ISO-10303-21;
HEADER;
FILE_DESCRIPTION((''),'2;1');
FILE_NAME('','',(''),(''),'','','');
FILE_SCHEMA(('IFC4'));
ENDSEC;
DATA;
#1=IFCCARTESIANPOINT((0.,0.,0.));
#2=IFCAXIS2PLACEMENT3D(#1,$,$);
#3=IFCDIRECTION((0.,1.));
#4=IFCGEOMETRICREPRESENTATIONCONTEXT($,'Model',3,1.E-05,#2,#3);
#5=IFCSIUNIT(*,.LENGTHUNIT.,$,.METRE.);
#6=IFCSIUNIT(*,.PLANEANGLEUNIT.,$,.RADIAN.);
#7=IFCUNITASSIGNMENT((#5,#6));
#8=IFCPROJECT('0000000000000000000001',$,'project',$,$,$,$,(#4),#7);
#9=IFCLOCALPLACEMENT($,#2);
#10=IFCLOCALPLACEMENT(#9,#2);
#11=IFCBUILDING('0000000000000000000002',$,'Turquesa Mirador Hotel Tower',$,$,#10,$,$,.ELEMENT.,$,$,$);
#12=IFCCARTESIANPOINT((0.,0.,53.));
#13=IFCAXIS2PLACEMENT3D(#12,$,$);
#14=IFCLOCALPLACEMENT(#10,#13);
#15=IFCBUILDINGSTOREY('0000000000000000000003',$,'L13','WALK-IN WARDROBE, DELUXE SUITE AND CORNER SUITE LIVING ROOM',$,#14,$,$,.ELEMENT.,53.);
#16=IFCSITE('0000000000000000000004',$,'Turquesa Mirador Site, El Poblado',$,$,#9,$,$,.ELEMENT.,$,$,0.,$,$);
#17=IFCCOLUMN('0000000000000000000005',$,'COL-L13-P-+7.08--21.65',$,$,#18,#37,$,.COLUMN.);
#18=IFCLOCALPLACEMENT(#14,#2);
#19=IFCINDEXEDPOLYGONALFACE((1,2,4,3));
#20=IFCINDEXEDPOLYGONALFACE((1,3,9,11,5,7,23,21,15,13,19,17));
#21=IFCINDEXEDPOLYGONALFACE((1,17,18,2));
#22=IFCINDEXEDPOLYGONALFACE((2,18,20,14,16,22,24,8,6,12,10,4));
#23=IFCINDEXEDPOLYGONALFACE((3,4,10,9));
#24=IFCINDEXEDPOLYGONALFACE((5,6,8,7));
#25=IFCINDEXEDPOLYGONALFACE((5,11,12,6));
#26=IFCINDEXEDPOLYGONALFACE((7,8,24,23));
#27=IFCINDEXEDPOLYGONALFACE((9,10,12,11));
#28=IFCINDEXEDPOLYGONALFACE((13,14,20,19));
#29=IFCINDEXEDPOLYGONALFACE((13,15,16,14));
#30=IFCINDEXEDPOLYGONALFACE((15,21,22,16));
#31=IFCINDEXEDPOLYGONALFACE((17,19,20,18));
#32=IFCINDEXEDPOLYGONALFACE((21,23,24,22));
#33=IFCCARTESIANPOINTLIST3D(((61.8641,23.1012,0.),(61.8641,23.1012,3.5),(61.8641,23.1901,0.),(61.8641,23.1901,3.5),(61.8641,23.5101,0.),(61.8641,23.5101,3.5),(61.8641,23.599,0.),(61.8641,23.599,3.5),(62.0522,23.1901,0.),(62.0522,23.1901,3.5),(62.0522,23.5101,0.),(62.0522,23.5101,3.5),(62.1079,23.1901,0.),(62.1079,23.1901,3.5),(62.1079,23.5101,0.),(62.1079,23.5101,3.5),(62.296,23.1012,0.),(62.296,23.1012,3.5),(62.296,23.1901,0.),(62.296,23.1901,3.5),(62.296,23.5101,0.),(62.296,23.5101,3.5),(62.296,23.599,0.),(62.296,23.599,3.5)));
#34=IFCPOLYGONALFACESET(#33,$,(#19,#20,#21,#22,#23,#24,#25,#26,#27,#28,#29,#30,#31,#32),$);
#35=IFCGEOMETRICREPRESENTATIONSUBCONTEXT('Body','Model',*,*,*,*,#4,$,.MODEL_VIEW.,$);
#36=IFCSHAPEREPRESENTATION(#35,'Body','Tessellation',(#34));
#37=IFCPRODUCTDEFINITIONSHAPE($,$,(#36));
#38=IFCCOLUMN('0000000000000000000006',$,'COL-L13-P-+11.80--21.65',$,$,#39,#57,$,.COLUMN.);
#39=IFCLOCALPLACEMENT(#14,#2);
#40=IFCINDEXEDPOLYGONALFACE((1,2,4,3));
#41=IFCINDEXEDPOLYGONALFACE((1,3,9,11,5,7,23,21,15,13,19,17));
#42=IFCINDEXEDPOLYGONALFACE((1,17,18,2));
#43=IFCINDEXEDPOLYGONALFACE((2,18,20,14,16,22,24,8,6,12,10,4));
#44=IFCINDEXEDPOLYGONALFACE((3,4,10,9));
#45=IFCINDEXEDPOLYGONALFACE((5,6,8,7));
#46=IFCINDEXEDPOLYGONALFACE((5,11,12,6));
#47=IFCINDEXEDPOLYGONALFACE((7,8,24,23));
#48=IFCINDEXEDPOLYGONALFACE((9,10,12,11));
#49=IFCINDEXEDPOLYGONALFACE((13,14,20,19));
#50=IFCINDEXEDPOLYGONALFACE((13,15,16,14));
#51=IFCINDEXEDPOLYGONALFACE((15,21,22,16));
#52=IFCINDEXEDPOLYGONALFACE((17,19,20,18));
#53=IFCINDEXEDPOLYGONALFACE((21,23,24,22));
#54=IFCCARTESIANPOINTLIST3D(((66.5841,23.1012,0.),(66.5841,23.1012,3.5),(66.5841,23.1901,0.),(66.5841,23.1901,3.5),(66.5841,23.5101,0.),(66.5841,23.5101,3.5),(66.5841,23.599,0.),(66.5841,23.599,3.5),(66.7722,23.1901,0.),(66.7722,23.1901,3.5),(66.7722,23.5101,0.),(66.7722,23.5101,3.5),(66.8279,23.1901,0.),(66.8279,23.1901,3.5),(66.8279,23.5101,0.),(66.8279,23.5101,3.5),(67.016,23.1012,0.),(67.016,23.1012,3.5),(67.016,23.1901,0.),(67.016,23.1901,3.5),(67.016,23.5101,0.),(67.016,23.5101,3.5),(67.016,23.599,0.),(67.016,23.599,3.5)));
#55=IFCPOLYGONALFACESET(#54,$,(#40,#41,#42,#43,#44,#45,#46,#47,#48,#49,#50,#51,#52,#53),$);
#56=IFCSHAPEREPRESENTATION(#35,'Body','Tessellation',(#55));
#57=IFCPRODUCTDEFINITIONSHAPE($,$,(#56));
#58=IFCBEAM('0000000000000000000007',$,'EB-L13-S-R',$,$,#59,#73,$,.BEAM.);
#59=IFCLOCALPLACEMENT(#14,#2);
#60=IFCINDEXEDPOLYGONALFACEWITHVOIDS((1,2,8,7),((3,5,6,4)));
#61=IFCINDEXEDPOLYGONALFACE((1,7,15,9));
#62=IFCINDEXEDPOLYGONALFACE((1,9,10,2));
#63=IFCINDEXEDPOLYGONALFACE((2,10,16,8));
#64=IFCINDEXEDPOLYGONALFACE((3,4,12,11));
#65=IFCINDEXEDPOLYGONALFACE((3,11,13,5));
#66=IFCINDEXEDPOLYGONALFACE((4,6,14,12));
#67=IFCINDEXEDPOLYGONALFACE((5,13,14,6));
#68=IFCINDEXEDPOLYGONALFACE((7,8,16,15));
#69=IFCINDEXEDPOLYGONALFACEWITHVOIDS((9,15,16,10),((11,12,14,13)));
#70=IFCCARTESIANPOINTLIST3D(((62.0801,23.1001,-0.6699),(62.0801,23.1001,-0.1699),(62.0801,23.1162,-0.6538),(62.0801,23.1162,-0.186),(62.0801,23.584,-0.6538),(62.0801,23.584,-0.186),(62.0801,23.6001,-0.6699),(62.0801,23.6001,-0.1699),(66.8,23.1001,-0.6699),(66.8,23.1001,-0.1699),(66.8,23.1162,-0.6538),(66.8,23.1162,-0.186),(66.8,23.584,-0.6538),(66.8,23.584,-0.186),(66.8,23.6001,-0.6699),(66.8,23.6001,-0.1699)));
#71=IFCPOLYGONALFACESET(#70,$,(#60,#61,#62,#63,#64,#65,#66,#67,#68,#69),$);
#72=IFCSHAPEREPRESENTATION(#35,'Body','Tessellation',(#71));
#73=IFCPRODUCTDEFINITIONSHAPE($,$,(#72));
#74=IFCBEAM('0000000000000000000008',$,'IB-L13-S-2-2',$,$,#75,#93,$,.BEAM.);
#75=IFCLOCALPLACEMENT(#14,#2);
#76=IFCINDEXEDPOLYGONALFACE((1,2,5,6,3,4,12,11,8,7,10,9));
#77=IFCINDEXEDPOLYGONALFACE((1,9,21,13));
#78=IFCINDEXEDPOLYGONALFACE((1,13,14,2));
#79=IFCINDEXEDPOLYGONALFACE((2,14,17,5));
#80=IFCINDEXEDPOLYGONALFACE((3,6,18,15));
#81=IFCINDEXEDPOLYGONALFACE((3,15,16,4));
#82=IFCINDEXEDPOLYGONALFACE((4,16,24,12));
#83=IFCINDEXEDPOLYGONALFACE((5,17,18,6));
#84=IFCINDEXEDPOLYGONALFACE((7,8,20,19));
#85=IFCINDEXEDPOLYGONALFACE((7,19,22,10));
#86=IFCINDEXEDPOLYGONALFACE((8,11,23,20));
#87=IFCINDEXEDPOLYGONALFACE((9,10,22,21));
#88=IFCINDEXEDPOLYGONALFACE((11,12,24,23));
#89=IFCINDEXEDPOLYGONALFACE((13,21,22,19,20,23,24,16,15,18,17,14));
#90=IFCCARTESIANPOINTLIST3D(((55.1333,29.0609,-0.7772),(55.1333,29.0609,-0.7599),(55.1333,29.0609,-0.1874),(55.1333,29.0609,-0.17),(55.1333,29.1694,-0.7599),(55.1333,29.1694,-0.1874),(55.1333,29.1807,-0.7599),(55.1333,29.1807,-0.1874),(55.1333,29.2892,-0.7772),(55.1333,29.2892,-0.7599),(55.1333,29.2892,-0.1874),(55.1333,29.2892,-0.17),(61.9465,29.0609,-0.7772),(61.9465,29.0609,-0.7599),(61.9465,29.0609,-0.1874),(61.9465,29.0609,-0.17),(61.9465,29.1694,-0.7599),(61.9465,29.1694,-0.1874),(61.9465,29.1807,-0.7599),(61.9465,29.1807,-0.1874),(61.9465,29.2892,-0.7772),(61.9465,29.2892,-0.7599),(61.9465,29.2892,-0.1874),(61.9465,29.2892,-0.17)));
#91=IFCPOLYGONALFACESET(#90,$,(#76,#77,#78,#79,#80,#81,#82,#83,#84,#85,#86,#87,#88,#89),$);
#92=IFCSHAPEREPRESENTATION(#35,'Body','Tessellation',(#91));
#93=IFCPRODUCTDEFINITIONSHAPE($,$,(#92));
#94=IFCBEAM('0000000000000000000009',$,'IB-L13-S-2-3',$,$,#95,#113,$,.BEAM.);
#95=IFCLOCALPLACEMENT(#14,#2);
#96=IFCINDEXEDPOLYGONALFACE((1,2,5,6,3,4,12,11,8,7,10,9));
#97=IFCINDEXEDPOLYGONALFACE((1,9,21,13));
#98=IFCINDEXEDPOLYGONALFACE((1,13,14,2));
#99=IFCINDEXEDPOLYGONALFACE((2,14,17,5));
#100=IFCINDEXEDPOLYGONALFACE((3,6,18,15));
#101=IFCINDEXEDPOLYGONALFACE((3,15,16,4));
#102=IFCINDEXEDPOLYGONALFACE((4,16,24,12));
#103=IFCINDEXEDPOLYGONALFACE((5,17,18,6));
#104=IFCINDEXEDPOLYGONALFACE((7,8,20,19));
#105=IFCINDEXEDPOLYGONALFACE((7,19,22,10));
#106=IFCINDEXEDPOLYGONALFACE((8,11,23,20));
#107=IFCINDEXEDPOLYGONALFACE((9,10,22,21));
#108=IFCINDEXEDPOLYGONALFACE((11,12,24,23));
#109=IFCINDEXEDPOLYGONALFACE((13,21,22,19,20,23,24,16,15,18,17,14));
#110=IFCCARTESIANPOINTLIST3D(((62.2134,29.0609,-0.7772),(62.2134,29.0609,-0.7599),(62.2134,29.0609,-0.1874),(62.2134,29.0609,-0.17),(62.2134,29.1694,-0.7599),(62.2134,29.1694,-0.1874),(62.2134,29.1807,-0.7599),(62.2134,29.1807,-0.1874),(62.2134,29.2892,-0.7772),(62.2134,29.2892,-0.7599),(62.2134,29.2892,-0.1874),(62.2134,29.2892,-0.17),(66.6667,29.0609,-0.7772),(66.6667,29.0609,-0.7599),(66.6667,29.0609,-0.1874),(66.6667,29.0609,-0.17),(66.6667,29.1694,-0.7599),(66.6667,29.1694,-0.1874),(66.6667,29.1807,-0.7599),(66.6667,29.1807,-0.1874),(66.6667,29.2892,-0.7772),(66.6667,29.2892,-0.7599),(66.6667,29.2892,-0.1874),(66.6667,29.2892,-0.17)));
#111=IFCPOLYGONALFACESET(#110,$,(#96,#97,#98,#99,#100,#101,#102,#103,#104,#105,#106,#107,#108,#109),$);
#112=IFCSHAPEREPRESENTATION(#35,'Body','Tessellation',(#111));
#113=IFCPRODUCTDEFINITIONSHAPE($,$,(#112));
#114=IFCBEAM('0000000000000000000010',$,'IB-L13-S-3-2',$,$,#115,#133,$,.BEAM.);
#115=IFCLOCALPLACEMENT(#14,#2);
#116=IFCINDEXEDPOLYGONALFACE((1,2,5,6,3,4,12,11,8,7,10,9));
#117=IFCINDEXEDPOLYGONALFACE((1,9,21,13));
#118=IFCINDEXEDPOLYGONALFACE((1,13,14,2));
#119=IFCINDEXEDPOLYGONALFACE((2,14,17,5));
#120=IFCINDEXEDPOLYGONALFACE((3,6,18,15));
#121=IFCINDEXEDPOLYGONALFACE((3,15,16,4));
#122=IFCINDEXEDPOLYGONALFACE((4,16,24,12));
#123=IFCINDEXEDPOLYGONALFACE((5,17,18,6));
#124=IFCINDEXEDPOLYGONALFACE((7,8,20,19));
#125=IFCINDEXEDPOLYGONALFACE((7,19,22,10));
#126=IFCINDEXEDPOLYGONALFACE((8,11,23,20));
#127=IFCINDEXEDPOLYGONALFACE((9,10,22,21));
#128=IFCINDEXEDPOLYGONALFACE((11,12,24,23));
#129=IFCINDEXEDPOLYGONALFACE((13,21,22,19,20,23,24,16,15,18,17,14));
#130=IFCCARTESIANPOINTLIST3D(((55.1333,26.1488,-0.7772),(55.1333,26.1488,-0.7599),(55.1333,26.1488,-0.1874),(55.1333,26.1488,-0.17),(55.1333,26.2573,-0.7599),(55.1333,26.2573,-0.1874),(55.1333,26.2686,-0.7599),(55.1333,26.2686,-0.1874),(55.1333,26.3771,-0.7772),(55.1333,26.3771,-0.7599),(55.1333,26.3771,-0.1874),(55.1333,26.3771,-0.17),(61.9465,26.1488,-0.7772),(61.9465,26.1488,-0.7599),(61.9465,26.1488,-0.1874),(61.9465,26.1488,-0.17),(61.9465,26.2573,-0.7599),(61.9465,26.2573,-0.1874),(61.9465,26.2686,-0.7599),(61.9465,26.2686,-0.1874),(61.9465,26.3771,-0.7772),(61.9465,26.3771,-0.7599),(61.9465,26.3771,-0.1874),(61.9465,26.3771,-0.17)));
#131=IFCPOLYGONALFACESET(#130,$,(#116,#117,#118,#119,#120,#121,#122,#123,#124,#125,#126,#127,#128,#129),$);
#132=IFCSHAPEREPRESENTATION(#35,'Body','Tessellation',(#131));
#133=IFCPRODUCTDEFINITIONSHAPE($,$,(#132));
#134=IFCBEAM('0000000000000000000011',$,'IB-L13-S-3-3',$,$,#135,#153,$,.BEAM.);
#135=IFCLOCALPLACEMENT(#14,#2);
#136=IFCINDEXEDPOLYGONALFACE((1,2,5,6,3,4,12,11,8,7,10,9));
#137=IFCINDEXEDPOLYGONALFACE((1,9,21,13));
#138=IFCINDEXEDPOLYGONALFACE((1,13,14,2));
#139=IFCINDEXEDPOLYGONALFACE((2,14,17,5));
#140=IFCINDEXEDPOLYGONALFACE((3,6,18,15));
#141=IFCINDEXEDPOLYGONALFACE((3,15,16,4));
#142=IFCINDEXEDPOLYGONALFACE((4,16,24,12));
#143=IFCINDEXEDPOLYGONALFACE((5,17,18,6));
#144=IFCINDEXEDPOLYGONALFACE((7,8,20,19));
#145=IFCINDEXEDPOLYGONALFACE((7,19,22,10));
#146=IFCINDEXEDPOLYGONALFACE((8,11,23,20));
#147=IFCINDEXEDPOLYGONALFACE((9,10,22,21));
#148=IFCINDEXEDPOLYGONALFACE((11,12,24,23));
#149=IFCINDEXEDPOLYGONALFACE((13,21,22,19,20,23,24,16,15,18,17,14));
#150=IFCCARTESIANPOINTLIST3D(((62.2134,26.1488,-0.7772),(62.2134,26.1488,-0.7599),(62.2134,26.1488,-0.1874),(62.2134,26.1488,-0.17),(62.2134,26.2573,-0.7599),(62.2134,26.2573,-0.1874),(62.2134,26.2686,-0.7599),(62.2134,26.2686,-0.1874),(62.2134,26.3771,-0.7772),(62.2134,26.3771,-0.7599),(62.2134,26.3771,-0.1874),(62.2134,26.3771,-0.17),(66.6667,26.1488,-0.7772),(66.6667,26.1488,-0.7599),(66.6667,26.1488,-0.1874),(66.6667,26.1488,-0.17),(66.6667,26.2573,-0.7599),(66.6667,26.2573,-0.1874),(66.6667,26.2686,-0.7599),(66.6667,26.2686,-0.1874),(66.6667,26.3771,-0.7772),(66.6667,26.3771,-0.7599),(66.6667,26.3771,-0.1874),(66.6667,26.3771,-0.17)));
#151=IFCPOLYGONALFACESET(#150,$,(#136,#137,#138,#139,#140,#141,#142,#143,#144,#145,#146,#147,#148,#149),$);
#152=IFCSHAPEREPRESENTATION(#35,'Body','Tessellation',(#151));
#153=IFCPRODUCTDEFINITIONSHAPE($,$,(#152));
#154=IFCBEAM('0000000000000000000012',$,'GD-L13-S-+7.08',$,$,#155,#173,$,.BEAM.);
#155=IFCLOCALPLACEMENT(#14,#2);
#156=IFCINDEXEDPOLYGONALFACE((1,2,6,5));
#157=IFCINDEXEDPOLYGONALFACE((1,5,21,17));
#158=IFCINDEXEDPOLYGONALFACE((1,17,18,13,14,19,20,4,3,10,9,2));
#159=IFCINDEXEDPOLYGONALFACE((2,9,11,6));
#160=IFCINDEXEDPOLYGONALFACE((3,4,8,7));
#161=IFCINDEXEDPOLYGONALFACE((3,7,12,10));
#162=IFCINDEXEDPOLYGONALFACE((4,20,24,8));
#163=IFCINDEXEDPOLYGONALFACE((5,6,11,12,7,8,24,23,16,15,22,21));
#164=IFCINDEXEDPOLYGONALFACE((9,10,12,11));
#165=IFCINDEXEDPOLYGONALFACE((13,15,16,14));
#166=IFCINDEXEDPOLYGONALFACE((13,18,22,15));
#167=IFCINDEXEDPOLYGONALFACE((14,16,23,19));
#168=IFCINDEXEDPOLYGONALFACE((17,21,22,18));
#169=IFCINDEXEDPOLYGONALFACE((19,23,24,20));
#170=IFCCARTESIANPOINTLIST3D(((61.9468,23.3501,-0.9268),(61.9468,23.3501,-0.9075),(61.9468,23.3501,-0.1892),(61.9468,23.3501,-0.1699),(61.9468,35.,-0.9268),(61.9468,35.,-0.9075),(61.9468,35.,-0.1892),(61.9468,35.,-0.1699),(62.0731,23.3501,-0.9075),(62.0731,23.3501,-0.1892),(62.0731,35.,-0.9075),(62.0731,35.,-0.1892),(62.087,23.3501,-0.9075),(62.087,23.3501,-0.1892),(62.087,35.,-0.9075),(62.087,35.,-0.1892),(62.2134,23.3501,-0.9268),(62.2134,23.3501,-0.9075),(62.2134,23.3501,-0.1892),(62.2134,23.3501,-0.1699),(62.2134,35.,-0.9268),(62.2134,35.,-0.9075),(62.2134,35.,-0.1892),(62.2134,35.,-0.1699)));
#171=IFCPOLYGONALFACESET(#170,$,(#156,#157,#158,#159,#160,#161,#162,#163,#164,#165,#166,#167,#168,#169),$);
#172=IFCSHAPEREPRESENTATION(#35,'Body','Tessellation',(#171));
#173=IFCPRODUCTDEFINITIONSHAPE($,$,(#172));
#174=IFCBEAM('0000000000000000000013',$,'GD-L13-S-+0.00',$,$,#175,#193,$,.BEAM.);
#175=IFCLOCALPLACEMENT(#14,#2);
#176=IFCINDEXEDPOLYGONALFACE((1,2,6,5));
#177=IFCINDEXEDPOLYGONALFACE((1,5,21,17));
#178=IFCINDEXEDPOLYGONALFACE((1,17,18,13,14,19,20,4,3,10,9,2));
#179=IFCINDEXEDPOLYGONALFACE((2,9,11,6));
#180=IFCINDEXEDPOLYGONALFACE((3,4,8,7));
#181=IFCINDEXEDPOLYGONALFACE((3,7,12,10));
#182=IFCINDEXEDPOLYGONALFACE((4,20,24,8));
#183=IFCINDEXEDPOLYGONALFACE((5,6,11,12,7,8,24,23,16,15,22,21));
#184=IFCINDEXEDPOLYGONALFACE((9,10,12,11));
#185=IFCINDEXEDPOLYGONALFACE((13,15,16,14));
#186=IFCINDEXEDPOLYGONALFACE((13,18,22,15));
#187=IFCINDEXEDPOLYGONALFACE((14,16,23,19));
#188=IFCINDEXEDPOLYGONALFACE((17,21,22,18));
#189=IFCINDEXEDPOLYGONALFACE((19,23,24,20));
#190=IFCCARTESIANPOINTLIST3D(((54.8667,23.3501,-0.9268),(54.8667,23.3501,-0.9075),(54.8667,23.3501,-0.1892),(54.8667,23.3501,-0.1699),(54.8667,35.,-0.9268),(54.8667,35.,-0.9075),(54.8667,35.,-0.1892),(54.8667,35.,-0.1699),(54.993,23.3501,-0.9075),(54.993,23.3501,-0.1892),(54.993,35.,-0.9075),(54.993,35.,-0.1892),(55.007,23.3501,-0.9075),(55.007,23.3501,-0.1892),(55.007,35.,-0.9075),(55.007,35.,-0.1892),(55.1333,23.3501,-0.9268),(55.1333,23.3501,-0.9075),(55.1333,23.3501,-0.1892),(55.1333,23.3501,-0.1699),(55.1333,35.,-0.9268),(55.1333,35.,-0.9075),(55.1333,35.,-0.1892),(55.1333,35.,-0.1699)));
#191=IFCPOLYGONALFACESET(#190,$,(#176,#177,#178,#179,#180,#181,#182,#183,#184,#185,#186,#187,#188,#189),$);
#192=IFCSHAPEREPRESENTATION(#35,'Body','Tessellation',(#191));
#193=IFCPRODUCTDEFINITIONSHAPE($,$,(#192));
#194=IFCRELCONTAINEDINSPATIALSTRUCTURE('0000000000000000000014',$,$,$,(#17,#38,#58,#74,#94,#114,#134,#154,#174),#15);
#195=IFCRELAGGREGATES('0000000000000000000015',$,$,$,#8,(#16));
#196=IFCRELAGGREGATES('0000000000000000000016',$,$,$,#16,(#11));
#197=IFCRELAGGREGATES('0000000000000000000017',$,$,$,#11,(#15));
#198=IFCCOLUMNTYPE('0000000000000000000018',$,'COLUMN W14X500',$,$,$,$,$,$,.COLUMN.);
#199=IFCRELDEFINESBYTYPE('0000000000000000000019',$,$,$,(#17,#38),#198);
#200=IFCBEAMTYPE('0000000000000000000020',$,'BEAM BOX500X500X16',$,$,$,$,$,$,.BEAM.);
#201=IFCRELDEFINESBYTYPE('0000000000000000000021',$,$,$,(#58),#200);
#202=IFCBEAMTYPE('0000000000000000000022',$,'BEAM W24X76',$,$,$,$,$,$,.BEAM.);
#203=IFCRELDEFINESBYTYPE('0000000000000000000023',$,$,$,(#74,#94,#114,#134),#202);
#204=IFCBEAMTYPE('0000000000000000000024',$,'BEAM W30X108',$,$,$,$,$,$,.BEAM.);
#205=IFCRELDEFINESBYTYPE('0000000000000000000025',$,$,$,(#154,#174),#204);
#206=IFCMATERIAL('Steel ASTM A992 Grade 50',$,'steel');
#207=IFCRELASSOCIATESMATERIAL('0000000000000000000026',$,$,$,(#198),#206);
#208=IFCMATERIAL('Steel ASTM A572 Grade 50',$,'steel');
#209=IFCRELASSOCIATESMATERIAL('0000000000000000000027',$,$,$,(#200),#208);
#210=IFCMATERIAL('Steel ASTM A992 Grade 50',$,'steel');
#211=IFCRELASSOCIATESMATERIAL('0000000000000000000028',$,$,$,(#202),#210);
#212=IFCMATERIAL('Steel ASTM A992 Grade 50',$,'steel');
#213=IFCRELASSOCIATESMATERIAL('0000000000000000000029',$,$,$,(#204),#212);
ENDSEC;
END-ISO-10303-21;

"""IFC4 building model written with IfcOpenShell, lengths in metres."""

from ifc_helpers import new_model, si_unit, direction, frame, origin, origin_2d, place, context, subcontext, project, spatial, hollow_rectangle, i_section, extrude, material, material_profile, profile_set, type_object, element, save


model = new_model("IFC4")

# Units and contexts
model_context = context("Model", 3, precision=1e-05, world=origin(), true_north=direction((0.0, 1.0)))
body_context = subcontext(model_context, "Body", "Model", "MODEL_VIEW")
ifc_project = project(units=[si_unit("LENGTHUNIT", "METRE"), si_unit("PLANEANGLEUNIT", "RADIAN")], contexts=[model_context])

# Site, building, storey
site_placement = place(None, origin())
site = spatial("IfcSite", under=ifc_project, at=site_placement, Name="Turquesa Mirador Site, El Poblado", CompositionType="ELEMENT", RefElevation=0.0)
building_placement = place(site_placement, origin())
building = spatial("IfcBuilding", under=site, at=building_placement, Name="Turquesa Mirador Hotel Tower", CompositionType="ELEMENT")
storey_placement = place(building_placement, frame((0.0, 0.0, 53.0)))
storey = spatial("IfcBuildingStorey", under=building, at=storey_placement, Name="L13", Description="WALK-IN WARDROBE, DELUXE SUITE AND CORNER SUITE LIVING ROOM", CompositionType="ELEMENT", Elevation=53.0)

# Columns
ifc_material_1 = material(Name="Steel ASTM A992 Grade 50", Category="steel")
ifc_material_profile_1 = material_profile(ifc_material_1, i_section(OverallWidth=0.4319, OverallDepth=0.4978, WebThickness=0.0557, FlangeThickness=0.0889, at=origin_2d()), Name="W14X500")
ifc_profile_set_1 = profile_set([ifc_material_profile_1], Name="Steel ASTM A992 Grade 50")
column_type = type_object("IfcColumnType", Name="COLUMN W14X500", PredefinedType="COLUMN", material=ifc_profile_set_1)
for number, where, z_axis, x_axis, name in (
    (1, (62.0801, 23.3501, 0.0), (0.0, 0.0, 1.0), (1.0, 0.0, 0.0), "COL-L13-P-+7.08--21.65"),
    (2, (66.8, 23.3501, 0.0), (0.0, 0.0, 1.0), (1.0, 0.0, 0.0), "COL-L13-P-+11.80--21.65"),
):
    element("IfcColumn", number, at=place(storey_placement, frame(where, z_axis=z_axis, x_axis=x_axis)), inside=storey, type_object=column_type, Name=name, PredefinedType="COLUMN", context=body_context, shape_type="SweptSolid", body=[
        extrude(i_section(OverallWidth=0.4319, OverallDepth=0.4978, WebThickness=0.0557, FlangeThickness=0.0889, at=origin_2d()), origin(), (0.0, 0.0, 1.0), 3.5),
    ])

# Beams
ifc_material_2 = material(Name="Steel ASTM A572 Grade 50", Category="steel")
ifc_material_profile_2 = material_profile(ifc_material_2, hollow_rectangle(XDim=0.5, YDim=0.5, WallThickness=0.0161, at=origin_2d()), Name="BOX500X500X16")
ifc_profile_set_2 = profile_set([ifc_material_profile_2], Name="Steel ASTM A572 Grade 50")
beam_type_1 = type_object("IfcBeamType", Name="BEAM BOX500X500X16", PredefinedType="BEAM", material=ifc_profile_set_2)
beam_1_placement = place(storey_placement, frame((62.0801, 23.3501, -0.4199), z_axis=(1.0, 0.0, 0.0), x_axis=(0.0, 1.0, 0.0)))
element("IfcBeam", 3, at=beam_1_placement, inside=storey, type_object=beam_type_1, Name="EB-L13-S-R", PredefinedType="BEAM", context=body_context, shape_type="SweptSolid", body=[
    extrude(hollow_rectangle(XDim=0.5, YDim=0.5, WallThickness=0.0161, at=origin_2d()), origin(), (0.0, 0.0, 1.0), 4.72),
])
ifc_material_3 = material(Name="Steel ASTM A992 Grade 50", Category="steel")
ifc_material_profile_3 = material_profile(ifc_material_3, i_section(OverallWidth=0.2283, OverallDepth=0.6072, WebThickness=0.0112, FlangeThickness=0.0173, at=origin_2d()), Name="W24X76")
ifc_profile_set_3 = profile_set([ifc_material_profile_3], Name="Steel ASTM A992 Grade 50")
beam_type_2 = type_object("IfcBeamType", Name="BEAM W24X76", PredefinedType="BEAM", material=ifc_profile_set_3)
beam_2_placement = place(storey_placement, frame((55.1333, 29.175, -0.4736), z_axis=(1.0, 0.0, 0.0), x_axis=(0.0, 1.0, 0.0)))
element("IfcBeam", 4, at=beam_2_placement, inside=storey, type_object=beam_type_2, Name="IB-L13-S-2-2", PredefinedType="BEAM", context=body_context, shape_type="SweptSolid", body=[
    extrude(i_section(OverallWidth=0.2283, OverallDepth=0.6072, WebThickness=0.0112, FlangeThickness=0.0173, at=origin_2d()), origin(), (0.0, 0.0, 1.0), 6.8132),
])
beam_3_placement = place(storey_placement, frame((62.2134, 29.175, -0.4736), z_axis=(1.0, 0.0, 0.0), x_axis=(0.0, 1.0, 0.0)))
element("IfcBeam", 5, at=beam_3_placement, inside=storey, type_object=beam_type_2, Name="IB-L13-S-2-3", PredefinedType="BEAM", context=body_context, shape_type="SweptSolid", body=[
    extrude(i_section(OverallWidth=0.2283, OverallDepth=0.6072, WebThickness=0.0112, FlangeThickness=0.0173, at=origin_2d()), origin(), (0.0, 0.0, 1.0), 4.4534),
])
beam_4_placement = place(storey_placement, frame((55.1333, 26.2629, -0.4736), z_axis=(1.0, 0.0, 0.0), x_axis=(0.0, 1.0, 0.0)))
element("IfcBeam", 6, at=beam_4_placement, inside=storey, type_object=beam_type_2, Name="IB-L13-S-3-2", PredefinedType="BEAM", context=body_context, shape_type="SweptSolid", body=[
    extrude(i_section(OverallWidth=0.2283, OverallDepth=0.6072, WebThickness=0.0112, FlangeThickness=0.0173, at=origin_2d()), origin(), (0.0, 0.0, 1.0), 6.8132),
])
beam_5_placement = place(storey_placement, frame((62.2134, 26.2629, -0.4736), z_axis=(1.0, 0.0, 0.0), x_axis=(0.0, 1.0, 0.0)))
element("IfcBeam", 7, at=beam_5_placement, inside=storey, type_object=beam_type_2, Name="IB-L13-S-3-3", PredefinedType="BEAM", context=body_context, shape_type="SweptSolid", body=[
    extrude(i_section(OverallWidth=0.2283, OverallDepth=0.6072, WebThickness=0.0112, FlangeThickness=0.0173, at=origin_2d()), origin(), (0.0, 0.0, 1.0), 4.4534),
])
ifc_material_4 = material(Name="Steel ASTM A992 Grade 50", Category="steel")
ifc_material_profile_4 = material_profile(ifc_material_4, i_section(OverallWidth=0.2666, OverallDepth=0.7568, WebThickness=0.0139, FlangeThickness=0.0193, at=origin_2d()), Name="W30X108")
ifc_profile_set_4 = profile_set([ifc_material_profile_4], Name="Steel ASTM A992 Grade 50")
beam_type_3 = type_object("IfcBeamType", Name="BEAM W30X108", PredefinedType="BEAM", material=ifc_profile_set_4)
for number, where, z_axis, x_axis, name in (
    (8, (62.0801, 23.3501, -0.5483), (0.0, 1.0, 0.0), (-1.0, 0.0, 0.0), "GD-L13-S-+7.08"),
    (9, (55.0, 23.3501, -0.5483), (0.0, 1.0, 0.0), (-1.0, 0.0, 0.0), "GD-L13-S-+0.00"),
):
    element("IfcBeam", number, at=place(storey_placement, frame(where, z_axis=z_axis, x_axis=x_axis)), inside=storey, type_object=beam_type_3, Name=name, PredefinedType="BEAM", context=body_context, shape_type="SweptSolid", body=[
        extrude(i_section(OverallWidth=0.2666, OverallDepth=0.7568, WebThickness=0.0139, FlangeThickness=0.0193, at=origin_2d()), origin(), (0.0, 0.0, 1.0), 11.6499),
    ])

save(model, "model.ifc")
